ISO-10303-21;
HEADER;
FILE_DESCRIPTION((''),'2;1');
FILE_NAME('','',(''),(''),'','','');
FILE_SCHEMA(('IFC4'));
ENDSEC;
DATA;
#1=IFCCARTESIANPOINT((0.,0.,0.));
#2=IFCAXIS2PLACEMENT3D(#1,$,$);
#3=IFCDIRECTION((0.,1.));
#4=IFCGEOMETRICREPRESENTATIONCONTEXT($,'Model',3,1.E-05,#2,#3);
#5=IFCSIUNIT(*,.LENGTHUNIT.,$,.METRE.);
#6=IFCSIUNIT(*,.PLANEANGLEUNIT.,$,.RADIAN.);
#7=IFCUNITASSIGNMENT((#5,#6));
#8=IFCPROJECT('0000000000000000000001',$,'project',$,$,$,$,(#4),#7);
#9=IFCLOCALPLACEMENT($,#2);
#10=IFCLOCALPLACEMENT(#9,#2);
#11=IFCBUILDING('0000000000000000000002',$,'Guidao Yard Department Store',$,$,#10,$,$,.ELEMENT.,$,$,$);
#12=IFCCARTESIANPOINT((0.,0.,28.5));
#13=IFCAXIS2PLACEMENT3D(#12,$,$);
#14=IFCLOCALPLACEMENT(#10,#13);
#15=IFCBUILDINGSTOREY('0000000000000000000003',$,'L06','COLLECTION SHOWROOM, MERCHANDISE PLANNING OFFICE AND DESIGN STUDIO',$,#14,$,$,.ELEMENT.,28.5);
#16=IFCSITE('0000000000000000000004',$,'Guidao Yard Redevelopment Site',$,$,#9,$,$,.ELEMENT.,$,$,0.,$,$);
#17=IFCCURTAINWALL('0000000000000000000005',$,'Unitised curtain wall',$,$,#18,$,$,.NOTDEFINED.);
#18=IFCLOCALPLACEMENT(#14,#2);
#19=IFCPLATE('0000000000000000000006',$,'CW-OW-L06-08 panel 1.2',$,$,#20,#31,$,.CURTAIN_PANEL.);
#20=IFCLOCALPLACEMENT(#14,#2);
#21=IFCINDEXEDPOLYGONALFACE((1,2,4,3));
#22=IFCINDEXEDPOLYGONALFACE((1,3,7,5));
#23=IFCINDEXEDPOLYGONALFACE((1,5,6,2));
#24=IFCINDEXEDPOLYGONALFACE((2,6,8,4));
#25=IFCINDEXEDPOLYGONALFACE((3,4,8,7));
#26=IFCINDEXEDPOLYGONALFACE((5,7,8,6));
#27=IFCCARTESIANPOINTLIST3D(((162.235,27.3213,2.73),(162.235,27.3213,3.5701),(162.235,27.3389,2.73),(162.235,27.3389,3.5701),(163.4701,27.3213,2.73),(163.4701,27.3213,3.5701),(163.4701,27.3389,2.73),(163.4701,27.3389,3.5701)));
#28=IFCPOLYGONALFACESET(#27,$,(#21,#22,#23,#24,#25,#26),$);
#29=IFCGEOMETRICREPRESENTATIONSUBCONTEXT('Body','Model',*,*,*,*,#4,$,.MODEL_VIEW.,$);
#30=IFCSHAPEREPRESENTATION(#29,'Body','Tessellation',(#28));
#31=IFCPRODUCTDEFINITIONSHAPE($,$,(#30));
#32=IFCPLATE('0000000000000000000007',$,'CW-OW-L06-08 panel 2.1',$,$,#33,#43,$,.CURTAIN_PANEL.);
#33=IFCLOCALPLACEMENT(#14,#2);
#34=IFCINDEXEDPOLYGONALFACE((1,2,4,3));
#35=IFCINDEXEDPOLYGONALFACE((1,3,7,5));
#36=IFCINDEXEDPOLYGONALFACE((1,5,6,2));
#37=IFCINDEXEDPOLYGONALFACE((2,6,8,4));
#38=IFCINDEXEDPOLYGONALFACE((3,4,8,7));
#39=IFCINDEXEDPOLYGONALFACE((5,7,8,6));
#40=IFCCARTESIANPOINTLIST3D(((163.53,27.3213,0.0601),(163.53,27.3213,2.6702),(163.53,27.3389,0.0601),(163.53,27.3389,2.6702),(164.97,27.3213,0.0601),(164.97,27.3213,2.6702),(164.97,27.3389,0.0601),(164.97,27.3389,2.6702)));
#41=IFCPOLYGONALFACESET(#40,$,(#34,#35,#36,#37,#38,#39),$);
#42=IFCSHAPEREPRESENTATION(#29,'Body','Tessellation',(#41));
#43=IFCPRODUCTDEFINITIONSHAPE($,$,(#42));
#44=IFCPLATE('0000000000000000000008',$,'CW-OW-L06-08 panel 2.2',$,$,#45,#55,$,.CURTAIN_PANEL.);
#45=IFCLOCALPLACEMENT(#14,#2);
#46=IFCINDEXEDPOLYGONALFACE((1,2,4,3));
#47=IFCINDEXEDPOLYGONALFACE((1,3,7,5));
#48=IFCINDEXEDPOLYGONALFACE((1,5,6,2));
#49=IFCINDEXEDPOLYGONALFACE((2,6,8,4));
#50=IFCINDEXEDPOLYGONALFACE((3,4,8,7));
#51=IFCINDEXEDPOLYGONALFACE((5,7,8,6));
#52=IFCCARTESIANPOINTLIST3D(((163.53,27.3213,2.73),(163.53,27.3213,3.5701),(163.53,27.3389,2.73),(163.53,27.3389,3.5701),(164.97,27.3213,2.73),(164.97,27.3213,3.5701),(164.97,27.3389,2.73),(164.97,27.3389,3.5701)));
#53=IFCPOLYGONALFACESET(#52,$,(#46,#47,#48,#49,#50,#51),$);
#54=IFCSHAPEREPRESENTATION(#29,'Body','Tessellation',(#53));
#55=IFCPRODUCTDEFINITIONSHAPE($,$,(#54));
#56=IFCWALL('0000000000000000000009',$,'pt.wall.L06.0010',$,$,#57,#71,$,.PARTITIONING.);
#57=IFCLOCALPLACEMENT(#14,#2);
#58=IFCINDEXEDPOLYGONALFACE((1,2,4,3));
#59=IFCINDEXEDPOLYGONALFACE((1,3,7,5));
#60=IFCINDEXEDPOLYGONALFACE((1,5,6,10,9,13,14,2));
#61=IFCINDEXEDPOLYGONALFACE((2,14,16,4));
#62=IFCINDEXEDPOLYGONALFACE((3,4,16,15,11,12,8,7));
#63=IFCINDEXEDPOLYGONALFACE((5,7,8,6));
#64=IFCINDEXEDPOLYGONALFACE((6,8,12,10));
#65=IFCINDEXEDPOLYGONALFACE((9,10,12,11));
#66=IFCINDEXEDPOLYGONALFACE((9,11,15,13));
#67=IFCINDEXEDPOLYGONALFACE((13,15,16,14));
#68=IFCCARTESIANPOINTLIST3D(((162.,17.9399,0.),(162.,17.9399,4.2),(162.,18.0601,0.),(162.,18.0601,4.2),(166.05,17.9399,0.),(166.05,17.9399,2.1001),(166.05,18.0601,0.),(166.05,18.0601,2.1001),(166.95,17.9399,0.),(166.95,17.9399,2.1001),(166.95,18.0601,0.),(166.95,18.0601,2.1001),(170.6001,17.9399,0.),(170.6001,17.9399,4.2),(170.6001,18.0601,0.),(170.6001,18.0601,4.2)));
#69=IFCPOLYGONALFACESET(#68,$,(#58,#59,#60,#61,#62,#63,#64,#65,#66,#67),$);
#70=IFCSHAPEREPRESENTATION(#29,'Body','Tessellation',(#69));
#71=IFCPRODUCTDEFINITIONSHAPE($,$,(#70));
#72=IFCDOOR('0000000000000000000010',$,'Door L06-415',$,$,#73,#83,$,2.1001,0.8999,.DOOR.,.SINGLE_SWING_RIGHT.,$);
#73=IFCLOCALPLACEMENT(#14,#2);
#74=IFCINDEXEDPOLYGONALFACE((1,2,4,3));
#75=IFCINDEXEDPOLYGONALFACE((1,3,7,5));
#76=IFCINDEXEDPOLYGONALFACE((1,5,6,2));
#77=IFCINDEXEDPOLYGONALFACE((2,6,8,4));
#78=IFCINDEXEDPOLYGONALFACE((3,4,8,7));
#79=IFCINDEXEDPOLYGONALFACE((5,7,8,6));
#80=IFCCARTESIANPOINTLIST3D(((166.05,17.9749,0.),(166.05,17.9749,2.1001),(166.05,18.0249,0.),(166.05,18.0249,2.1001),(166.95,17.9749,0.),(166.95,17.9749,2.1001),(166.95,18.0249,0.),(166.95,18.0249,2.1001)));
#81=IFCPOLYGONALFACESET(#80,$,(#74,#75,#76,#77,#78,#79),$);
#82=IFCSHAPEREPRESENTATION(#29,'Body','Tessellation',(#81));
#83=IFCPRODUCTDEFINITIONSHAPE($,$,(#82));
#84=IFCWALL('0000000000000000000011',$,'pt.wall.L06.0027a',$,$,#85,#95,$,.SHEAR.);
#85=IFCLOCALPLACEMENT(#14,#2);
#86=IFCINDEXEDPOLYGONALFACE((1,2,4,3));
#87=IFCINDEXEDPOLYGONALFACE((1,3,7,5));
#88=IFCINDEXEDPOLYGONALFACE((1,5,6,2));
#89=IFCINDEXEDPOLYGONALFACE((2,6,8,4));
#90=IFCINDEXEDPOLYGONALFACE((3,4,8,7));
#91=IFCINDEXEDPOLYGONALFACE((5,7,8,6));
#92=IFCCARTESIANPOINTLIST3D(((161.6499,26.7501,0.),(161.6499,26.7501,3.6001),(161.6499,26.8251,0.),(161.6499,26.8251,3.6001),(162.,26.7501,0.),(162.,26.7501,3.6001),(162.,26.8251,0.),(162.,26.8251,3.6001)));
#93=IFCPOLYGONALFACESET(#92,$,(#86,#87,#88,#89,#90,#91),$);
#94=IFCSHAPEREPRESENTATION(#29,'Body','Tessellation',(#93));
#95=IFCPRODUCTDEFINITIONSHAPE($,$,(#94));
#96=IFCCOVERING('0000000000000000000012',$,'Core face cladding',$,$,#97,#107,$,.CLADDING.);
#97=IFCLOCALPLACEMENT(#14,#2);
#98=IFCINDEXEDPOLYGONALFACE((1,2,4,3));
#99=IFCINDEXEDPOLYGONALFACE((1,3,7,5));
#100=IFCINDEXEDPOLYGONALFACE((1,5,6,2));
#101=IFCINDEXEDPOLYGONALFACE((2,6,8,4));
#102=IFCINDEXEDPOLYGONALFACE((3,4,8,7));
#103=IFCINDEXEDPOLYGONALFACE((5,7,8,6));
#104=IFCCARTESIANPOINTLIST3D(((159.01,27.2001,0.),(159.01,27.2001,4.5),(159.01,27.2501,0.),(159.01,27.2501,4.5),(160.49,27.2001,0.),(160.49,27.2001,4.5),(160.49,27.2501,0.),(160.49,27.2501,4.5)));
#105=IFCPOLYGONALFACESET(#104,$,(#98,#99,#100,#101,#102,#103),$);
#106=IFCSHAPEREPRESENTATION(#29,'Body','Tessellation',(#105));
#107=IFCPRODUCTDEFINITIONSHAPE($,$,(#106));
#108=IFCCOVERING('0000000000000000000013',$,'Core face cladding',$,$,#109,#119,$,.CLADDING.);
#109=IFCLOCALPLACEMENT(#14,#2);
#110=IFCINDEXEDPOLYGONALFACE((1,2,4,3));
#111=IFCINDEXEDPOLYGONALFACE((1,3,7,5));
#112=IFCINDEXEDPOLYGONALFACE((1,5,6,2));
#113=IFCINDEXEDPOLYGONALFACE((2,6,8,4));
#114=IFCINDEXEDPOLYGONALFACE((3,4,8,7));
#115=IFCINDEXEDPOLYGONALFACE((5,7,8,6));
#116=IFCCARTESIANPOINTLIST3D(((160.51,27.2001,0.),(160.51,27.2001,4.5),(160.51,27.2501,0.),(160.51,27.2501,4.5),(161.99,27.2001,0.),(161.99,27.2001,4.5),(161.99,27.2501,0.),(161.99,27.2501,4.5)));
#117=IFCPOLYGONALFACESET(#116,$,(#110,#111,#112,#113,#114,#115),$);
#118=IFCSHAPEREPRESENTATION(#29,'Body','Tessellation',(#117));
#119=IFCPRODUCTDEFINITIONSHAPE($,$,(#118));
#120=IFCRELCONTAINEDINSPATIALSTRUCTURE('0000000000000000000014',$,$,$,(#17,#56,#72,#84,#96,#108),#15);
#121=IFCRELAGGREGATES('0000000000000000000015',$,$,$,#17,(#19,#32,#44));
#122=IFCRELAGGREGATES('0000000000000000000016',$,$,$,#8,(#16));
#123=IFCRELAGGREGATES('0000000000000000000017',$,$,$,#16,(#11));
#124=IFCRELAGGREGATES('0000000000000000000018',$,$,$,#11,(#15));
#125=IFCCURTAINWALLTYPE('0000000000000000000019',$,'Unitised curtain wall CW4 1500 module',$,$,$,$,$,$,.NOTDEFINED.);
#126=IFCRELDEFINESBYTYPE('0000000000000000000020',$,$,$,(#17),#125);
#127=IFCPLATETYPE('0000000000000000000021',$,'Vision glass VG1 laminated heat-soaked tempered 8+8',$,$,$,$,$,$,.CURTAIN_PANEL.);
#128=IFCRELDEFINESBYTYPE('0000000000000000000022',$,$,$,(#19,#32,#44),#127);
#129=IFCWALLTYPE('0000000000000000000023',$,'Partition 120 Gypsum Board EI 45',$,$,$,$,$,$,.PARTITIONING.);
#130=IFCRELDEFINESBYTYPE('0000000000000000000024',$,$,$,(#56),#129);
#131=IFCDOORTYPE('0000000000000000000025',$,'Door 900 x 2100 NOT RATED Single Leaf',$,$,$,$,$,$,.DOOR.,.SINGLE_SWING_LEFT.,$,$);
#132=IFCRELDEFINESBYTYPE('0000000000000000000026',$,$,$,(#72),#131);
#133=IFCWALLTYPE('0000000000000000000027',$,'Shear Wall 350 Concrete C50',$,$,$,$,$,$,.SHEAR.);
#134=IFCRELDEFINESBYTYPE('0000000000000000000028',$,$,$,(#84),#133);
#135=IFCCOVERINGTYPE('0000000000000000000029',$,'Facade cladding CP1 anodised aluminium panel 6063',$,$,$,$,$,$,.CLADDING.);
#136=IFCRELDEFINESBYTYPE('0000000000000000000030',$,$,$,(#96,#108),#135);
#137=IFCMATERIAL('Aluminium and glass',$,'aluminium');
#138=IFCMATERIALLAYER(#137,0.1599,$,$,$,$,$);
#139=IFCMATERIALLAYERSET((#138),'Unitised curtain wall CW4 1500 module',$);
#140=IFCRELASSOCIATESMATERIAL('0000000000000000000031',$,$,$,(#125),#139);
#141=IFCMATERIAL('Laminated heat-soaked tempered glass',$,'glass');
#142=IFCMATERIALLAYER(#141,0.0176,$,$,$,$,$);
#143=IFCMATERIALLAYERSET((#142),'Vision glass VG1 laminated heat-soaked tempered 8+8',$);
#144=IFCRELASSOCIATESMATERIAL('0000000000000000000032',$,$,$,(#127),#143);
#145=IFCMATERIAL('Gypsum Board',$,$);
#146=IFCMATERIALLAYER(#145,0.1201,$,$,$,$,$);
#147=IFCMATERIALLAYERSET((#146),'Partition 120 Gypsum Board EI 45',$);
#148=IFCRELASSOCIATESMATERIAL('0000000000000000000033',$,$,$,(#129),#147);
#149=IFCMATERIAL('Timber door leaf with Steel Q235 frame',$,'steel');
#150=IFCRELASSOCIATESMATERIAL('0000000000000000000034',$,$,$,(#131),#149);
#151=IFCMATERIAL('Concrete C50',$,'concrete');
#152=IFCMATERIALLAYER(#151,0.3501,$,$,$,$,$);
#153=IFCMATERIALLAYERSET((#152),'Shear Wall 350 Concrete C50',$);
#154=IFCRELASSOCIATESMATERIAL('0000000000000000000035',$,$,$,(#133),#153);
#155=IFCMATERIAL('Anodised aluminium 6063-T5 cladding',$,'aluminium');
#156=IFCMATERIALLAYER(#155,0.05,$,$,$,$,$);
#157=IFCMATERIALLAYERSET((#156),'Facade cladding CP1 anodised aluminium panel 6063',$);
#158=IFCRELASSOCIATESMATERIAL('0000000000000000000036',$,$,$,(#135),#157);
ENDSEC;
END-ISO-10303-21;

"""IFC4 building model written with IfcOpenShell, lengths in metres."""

from ifc_helpers import new_model, si_unit, direction, frame, frame_2d, origin, origin_2d, place, context, subcontext, project, spatial, rectangle, extrude, material, layer, layer_set, type_object, element, fill, aggregate, save


model = new_model("IFC4")

# Units and contexts
model_context = context("Model", 3, precision=1e-05, world=origin(), true_north=direction((0.0, 1.0)))
body_context = subcontext(model_context, "Body", "Model", "MODEL_VIEW")
ifc_project = project(units=[si_unit("LENGTHUNIT", "METRE"), si_unit("PLANEANGLEUNIT", "RADIAN")], contexts=[model_context])

# Site, building, storey
site_placement = place(None, origin())
site = spatial("IfcSite", under=ifc_project, at=site_placement, Name="Guidao Yard Redevelopment Site", CompositionType="ELEMENT", RefElevation=0.0)
building_placement = place(site_placement, origin())
building = spatial("IfcBuilding", under=site, at=building_placement, Name="Guidao Yard Department Store", CompositionType="ELEMENT")
storey_placement = place(building_placement, frame((0.0, 0.0, 28.5)))
storey = spatial("IfcBuildingStorey", under=building, at=storey_placement, Name="L06", Description="COLLECTION SHOWROOM, MERCHANDISE PLANNING OFFICE AND DESIGN STUDIO", CompositionType="ELEMENT", Elevation=28.5)

# Curtain wall
ifc_material_1 = material(Name="Aluminium and glass", Category="aluminium")
ifc_layer_1 = layer(ifc_material_1, 0.1599)
ifc_layer_set_1 = layer_set([ifc_layer_1], Name="Unitised curtain wall CW4 1500 module")
curtain_wall_type = type_object("IfcCurtainWallType", Name="Unitised curtain wall CW4 1500 module", PredefinedType="NOTDEFINED", material=ifc_layer_set_1)
curtain_wall_placement = place(storey_placement, origin())
curtain_wall = element("IfcCurtainWall", 1, at=curtain_wall_placement, inside=storey, type_object=curtain_wall_type, Name="Unitised curtain wall", PredefinedType="NOTDEFINED")

# Plates
ifc_material_2 = material(Name="Laminated heat-soaked tempered glass", Category="glass")
ifc_layer_2 = layer(ifc_material_2, 0.0176)
ifc_layer_set_2 = layer_set([ifc_layer_2], Name="Vision glass VG1 laminated heat-soaked tempered 8+8")
plate_type_1 = type_object("IfcPlateType", Name="Vision glass VG1 laminated heat-soaked tempered 8+8", PredefinedType="CURTAIN_PANEL", material=ifc_layer_set_2)
plate_1_placement = place(storey_placement, frame((162.8525, 27.3301, 2.73), z_axis=(0.0, 0.0, 1.0), x_axis=(1.0, 0.0, 0.0)))
plate_1 = element("IfcPlate", 2, at=plate_1_placement, type_object=plate_type_1, Name="CW-OW-L06-08 panel 1.2", PredefinedType="CURTAIN_PANEL", context=body_context, shape_type="SweptSolid", body=[
    extrude(rectangle(XDim=1.2351, YDim=0.0176, at=origin_2d()), origin(), (0.0, 0.0, 1.0), 0.8401),
])
plate_2_placement = place(storey_placement, frame((164.25, 27.3301, 0.0601), z_axis=(0.0, 0.0, 1.0), x_axis=(1.0, 0.0, 0.0)))
plate_2 = element("IfcPlate", 3, at=plate_2_placement, type_object=plate_type_1, Name="CW-OW-L06-08 panel 2.1", PredefinedType="CURTAIN_PANEL", context=body_context, shape_type="SweptSolid", body=[
    extrude(rectangle(XDim=1.4399, YDim=0.0176, at=origin_2d()), origin(), (0.0, 0.0, 1.0), 2.6101),
])
plate_3_placement = place(storey_placement, frame((164.25, 27.3301, 2.73), z_axis=(0.0, 0.0, 1.0), x_axis=(1.0, 0.0, 0.0)))
plate_3 = element("IfcPlate", 4, at=plate_3_placement, type_object=plate_type_1, Name="CW-OW-L06-08 panel 2.2", PredefinedType="CURTAIN_PANEL", context=body_context, shape_type="SweptSolid", body=[
    extrude(rectangle(XDim=1.4399, YDim=0.0176, at=origin_2d()), origin(), (0.0, 0.0, 1.0), 0.8401),
])
aggregate(curtain_wall, [plate_1, plate_2, plate_3])

# Wall, opening, door
ifc_material_3 = material(Name="Gypsum Board")
ifc_layer_3 = layer(ifc_material_3, 0.1201)
ifc_layer_set_3 = layer_set([ifc_layer_3], Name="Partition 120 Gypsum Board EI 45")
wall_type_1 = type_object("IfcWallType", Name="Partition 120 Gypsum Board EI 45", PredefinedType="PARTITIONING", material=ifc_layer_set_3)
wall_1_placement = place(storey_placement, frame((162.0, 18.0, 0.0), z_axis=(0.0, 0.0, 1.0), x_axis=(1.0, 0.0, 0.0)))
wall_1 = element("IfcWall", 5, at=wall_1_placement, inside=storey, type_object=wall_type_1, Name="pt.wall.L06.0010", PredefinedType="PARTITIONING", context=body_context, shape_type="SweptSolid", body=[
    extrude(rectangle(XDim=8.6001, YDim=0.1201, at=frame_2d((4.3, 0.0))), origin(), (0.0, 0.0, 1.0), 4.2),
])
opening_placement = place(wall_1_placement, frame((4.05, 0.0, 0.0)))
opening = element("IfcOpeningElement", 6, at=opening_placement, cuts=wall_1, PredefinedType="OPENING", context=body_context, shape_type="SweptSolid", body=[
    extrude(rectangle(XDim=0.8999, YDim=2.1001, at=frame_2d((0.45, 1.05))), frame((0.0, 0.0701, 0.0), z_axis=(0.0, -1.0, 0.0), x_axis=(1.0, 0.0, 0.0)), (0.0, 0.0, 1.0), 0.1401),
])
ifc_material_4 = material(Name="Timber door leaf with Steel Q235 frame", Category="steel")
door_type = type_object("IfcDoorType", Name="Door 900 x 2100 NOT RATED Single Leaf", OperationType="SINGLE_SWING_LEFT", PredefinedType="DOOR", material=ifc_material_4)
door_placement = place(opening_placement, origin())
door = element("IfcDoor", 7, at=door_placement, inside=storey, type_object=door_type, Name="Door L06-415", OperationType="SINGLE_SWING_RIGHT", OverallHeight=2.1001, OverallWidth=0.8999, PredefinedType="DOOR", context=body_context, shape_type="SweptSolid", body=[
    extrude(rectangle(XDim=0.8999, YDim=2.1001, at=frame_2d((0.45, 1.05))), frame((0.0, 0.0249, 0.0), z_axis=(0.0, -1.0, 0.0), x_axis=(1.0, 0.0, 0.0)), (0.0, 0.0, 1.0), 0.05),
])
fill(opening, door)

# Wall
ifc_material_5 = material(Name="Concrete C50", Category="concrete")
ifc_layer_4 = layer(ifc_material_5, 0.3501)
ifc_layer_set_4 = layer_set([ifc_layer_4], Name="Shear Wall 350 Concrete C50")
wall_type_2 = type_object("IfcWallType", Name="Shear Wall 350 Concrete C50", PredefinedType="SHEAR", material=ifc_layer_set_4)
wall_2_placement = place(storey_placement, frame((161.825, 26.75, 0.0), z_axis=(0.0, 0.0, 1.0), x_axis=(0.0, 1.0, 0.0)))
element("IfcWall", 8, at=wall_2_placement, inside=storey, type_object=wall_type_2, Name="pt.wall.L06.0027a", PredefinedType="SHEAR", context=body_context, shape_type="SweptSolid", body=[
    extrude(rectangle(XDim=0.075, YDim=0.3501, at=frame_2d((0.0376, 0.0))), origin(), (0.0, 0.0, 1.0), 3.6001),
])

# Coverings
ifc_material_6 = material(Name="Anodised aluminium 6063-T5 cladding", Category="aluminium")
ifc_layer_5 = layer(ifc_material_6, 0.05)
ifc_layer_set_5 = layer_set([ifc_layer_5], Name="Facade cladding CP1 anodised aluminium panel 6063")
covering_type = type_object("IfcCoveringType", Name="Facade cladding CP1 anodised aluminium panel 6063", PredefinedType="CLADDING", material=ifc_layer_set_5)
for number, where, z_axis, x_axis, name in (
    (9, (159.75, 27.2251, 0.0), (0.0, 0.0, 1.0), (1.0, 0.0, 0.0), "Core face cladding"),
    (10, (161.25, 27.2251, 0.0), (0.0, 0.0, 1.0), (1.0, 0.0, 0.0), "Core face cladding"),
):
    element("IfcCovering", number, at=place(storey_placement, frame(where, z_axis=z_axis, x_axis=x_axis)), inside=storey, type_object=covering_type, Name=name, PredefinedType="CLADDING", context=body_context, shape_type="SweptSolid", body=[
        extrude(rectangle(XDim=1.48, YDim=0.05, at=origin_2d()), origin(), (0.0, 0.0, 1.0), 4.5),
    ])

save(model, "model.ifc")
